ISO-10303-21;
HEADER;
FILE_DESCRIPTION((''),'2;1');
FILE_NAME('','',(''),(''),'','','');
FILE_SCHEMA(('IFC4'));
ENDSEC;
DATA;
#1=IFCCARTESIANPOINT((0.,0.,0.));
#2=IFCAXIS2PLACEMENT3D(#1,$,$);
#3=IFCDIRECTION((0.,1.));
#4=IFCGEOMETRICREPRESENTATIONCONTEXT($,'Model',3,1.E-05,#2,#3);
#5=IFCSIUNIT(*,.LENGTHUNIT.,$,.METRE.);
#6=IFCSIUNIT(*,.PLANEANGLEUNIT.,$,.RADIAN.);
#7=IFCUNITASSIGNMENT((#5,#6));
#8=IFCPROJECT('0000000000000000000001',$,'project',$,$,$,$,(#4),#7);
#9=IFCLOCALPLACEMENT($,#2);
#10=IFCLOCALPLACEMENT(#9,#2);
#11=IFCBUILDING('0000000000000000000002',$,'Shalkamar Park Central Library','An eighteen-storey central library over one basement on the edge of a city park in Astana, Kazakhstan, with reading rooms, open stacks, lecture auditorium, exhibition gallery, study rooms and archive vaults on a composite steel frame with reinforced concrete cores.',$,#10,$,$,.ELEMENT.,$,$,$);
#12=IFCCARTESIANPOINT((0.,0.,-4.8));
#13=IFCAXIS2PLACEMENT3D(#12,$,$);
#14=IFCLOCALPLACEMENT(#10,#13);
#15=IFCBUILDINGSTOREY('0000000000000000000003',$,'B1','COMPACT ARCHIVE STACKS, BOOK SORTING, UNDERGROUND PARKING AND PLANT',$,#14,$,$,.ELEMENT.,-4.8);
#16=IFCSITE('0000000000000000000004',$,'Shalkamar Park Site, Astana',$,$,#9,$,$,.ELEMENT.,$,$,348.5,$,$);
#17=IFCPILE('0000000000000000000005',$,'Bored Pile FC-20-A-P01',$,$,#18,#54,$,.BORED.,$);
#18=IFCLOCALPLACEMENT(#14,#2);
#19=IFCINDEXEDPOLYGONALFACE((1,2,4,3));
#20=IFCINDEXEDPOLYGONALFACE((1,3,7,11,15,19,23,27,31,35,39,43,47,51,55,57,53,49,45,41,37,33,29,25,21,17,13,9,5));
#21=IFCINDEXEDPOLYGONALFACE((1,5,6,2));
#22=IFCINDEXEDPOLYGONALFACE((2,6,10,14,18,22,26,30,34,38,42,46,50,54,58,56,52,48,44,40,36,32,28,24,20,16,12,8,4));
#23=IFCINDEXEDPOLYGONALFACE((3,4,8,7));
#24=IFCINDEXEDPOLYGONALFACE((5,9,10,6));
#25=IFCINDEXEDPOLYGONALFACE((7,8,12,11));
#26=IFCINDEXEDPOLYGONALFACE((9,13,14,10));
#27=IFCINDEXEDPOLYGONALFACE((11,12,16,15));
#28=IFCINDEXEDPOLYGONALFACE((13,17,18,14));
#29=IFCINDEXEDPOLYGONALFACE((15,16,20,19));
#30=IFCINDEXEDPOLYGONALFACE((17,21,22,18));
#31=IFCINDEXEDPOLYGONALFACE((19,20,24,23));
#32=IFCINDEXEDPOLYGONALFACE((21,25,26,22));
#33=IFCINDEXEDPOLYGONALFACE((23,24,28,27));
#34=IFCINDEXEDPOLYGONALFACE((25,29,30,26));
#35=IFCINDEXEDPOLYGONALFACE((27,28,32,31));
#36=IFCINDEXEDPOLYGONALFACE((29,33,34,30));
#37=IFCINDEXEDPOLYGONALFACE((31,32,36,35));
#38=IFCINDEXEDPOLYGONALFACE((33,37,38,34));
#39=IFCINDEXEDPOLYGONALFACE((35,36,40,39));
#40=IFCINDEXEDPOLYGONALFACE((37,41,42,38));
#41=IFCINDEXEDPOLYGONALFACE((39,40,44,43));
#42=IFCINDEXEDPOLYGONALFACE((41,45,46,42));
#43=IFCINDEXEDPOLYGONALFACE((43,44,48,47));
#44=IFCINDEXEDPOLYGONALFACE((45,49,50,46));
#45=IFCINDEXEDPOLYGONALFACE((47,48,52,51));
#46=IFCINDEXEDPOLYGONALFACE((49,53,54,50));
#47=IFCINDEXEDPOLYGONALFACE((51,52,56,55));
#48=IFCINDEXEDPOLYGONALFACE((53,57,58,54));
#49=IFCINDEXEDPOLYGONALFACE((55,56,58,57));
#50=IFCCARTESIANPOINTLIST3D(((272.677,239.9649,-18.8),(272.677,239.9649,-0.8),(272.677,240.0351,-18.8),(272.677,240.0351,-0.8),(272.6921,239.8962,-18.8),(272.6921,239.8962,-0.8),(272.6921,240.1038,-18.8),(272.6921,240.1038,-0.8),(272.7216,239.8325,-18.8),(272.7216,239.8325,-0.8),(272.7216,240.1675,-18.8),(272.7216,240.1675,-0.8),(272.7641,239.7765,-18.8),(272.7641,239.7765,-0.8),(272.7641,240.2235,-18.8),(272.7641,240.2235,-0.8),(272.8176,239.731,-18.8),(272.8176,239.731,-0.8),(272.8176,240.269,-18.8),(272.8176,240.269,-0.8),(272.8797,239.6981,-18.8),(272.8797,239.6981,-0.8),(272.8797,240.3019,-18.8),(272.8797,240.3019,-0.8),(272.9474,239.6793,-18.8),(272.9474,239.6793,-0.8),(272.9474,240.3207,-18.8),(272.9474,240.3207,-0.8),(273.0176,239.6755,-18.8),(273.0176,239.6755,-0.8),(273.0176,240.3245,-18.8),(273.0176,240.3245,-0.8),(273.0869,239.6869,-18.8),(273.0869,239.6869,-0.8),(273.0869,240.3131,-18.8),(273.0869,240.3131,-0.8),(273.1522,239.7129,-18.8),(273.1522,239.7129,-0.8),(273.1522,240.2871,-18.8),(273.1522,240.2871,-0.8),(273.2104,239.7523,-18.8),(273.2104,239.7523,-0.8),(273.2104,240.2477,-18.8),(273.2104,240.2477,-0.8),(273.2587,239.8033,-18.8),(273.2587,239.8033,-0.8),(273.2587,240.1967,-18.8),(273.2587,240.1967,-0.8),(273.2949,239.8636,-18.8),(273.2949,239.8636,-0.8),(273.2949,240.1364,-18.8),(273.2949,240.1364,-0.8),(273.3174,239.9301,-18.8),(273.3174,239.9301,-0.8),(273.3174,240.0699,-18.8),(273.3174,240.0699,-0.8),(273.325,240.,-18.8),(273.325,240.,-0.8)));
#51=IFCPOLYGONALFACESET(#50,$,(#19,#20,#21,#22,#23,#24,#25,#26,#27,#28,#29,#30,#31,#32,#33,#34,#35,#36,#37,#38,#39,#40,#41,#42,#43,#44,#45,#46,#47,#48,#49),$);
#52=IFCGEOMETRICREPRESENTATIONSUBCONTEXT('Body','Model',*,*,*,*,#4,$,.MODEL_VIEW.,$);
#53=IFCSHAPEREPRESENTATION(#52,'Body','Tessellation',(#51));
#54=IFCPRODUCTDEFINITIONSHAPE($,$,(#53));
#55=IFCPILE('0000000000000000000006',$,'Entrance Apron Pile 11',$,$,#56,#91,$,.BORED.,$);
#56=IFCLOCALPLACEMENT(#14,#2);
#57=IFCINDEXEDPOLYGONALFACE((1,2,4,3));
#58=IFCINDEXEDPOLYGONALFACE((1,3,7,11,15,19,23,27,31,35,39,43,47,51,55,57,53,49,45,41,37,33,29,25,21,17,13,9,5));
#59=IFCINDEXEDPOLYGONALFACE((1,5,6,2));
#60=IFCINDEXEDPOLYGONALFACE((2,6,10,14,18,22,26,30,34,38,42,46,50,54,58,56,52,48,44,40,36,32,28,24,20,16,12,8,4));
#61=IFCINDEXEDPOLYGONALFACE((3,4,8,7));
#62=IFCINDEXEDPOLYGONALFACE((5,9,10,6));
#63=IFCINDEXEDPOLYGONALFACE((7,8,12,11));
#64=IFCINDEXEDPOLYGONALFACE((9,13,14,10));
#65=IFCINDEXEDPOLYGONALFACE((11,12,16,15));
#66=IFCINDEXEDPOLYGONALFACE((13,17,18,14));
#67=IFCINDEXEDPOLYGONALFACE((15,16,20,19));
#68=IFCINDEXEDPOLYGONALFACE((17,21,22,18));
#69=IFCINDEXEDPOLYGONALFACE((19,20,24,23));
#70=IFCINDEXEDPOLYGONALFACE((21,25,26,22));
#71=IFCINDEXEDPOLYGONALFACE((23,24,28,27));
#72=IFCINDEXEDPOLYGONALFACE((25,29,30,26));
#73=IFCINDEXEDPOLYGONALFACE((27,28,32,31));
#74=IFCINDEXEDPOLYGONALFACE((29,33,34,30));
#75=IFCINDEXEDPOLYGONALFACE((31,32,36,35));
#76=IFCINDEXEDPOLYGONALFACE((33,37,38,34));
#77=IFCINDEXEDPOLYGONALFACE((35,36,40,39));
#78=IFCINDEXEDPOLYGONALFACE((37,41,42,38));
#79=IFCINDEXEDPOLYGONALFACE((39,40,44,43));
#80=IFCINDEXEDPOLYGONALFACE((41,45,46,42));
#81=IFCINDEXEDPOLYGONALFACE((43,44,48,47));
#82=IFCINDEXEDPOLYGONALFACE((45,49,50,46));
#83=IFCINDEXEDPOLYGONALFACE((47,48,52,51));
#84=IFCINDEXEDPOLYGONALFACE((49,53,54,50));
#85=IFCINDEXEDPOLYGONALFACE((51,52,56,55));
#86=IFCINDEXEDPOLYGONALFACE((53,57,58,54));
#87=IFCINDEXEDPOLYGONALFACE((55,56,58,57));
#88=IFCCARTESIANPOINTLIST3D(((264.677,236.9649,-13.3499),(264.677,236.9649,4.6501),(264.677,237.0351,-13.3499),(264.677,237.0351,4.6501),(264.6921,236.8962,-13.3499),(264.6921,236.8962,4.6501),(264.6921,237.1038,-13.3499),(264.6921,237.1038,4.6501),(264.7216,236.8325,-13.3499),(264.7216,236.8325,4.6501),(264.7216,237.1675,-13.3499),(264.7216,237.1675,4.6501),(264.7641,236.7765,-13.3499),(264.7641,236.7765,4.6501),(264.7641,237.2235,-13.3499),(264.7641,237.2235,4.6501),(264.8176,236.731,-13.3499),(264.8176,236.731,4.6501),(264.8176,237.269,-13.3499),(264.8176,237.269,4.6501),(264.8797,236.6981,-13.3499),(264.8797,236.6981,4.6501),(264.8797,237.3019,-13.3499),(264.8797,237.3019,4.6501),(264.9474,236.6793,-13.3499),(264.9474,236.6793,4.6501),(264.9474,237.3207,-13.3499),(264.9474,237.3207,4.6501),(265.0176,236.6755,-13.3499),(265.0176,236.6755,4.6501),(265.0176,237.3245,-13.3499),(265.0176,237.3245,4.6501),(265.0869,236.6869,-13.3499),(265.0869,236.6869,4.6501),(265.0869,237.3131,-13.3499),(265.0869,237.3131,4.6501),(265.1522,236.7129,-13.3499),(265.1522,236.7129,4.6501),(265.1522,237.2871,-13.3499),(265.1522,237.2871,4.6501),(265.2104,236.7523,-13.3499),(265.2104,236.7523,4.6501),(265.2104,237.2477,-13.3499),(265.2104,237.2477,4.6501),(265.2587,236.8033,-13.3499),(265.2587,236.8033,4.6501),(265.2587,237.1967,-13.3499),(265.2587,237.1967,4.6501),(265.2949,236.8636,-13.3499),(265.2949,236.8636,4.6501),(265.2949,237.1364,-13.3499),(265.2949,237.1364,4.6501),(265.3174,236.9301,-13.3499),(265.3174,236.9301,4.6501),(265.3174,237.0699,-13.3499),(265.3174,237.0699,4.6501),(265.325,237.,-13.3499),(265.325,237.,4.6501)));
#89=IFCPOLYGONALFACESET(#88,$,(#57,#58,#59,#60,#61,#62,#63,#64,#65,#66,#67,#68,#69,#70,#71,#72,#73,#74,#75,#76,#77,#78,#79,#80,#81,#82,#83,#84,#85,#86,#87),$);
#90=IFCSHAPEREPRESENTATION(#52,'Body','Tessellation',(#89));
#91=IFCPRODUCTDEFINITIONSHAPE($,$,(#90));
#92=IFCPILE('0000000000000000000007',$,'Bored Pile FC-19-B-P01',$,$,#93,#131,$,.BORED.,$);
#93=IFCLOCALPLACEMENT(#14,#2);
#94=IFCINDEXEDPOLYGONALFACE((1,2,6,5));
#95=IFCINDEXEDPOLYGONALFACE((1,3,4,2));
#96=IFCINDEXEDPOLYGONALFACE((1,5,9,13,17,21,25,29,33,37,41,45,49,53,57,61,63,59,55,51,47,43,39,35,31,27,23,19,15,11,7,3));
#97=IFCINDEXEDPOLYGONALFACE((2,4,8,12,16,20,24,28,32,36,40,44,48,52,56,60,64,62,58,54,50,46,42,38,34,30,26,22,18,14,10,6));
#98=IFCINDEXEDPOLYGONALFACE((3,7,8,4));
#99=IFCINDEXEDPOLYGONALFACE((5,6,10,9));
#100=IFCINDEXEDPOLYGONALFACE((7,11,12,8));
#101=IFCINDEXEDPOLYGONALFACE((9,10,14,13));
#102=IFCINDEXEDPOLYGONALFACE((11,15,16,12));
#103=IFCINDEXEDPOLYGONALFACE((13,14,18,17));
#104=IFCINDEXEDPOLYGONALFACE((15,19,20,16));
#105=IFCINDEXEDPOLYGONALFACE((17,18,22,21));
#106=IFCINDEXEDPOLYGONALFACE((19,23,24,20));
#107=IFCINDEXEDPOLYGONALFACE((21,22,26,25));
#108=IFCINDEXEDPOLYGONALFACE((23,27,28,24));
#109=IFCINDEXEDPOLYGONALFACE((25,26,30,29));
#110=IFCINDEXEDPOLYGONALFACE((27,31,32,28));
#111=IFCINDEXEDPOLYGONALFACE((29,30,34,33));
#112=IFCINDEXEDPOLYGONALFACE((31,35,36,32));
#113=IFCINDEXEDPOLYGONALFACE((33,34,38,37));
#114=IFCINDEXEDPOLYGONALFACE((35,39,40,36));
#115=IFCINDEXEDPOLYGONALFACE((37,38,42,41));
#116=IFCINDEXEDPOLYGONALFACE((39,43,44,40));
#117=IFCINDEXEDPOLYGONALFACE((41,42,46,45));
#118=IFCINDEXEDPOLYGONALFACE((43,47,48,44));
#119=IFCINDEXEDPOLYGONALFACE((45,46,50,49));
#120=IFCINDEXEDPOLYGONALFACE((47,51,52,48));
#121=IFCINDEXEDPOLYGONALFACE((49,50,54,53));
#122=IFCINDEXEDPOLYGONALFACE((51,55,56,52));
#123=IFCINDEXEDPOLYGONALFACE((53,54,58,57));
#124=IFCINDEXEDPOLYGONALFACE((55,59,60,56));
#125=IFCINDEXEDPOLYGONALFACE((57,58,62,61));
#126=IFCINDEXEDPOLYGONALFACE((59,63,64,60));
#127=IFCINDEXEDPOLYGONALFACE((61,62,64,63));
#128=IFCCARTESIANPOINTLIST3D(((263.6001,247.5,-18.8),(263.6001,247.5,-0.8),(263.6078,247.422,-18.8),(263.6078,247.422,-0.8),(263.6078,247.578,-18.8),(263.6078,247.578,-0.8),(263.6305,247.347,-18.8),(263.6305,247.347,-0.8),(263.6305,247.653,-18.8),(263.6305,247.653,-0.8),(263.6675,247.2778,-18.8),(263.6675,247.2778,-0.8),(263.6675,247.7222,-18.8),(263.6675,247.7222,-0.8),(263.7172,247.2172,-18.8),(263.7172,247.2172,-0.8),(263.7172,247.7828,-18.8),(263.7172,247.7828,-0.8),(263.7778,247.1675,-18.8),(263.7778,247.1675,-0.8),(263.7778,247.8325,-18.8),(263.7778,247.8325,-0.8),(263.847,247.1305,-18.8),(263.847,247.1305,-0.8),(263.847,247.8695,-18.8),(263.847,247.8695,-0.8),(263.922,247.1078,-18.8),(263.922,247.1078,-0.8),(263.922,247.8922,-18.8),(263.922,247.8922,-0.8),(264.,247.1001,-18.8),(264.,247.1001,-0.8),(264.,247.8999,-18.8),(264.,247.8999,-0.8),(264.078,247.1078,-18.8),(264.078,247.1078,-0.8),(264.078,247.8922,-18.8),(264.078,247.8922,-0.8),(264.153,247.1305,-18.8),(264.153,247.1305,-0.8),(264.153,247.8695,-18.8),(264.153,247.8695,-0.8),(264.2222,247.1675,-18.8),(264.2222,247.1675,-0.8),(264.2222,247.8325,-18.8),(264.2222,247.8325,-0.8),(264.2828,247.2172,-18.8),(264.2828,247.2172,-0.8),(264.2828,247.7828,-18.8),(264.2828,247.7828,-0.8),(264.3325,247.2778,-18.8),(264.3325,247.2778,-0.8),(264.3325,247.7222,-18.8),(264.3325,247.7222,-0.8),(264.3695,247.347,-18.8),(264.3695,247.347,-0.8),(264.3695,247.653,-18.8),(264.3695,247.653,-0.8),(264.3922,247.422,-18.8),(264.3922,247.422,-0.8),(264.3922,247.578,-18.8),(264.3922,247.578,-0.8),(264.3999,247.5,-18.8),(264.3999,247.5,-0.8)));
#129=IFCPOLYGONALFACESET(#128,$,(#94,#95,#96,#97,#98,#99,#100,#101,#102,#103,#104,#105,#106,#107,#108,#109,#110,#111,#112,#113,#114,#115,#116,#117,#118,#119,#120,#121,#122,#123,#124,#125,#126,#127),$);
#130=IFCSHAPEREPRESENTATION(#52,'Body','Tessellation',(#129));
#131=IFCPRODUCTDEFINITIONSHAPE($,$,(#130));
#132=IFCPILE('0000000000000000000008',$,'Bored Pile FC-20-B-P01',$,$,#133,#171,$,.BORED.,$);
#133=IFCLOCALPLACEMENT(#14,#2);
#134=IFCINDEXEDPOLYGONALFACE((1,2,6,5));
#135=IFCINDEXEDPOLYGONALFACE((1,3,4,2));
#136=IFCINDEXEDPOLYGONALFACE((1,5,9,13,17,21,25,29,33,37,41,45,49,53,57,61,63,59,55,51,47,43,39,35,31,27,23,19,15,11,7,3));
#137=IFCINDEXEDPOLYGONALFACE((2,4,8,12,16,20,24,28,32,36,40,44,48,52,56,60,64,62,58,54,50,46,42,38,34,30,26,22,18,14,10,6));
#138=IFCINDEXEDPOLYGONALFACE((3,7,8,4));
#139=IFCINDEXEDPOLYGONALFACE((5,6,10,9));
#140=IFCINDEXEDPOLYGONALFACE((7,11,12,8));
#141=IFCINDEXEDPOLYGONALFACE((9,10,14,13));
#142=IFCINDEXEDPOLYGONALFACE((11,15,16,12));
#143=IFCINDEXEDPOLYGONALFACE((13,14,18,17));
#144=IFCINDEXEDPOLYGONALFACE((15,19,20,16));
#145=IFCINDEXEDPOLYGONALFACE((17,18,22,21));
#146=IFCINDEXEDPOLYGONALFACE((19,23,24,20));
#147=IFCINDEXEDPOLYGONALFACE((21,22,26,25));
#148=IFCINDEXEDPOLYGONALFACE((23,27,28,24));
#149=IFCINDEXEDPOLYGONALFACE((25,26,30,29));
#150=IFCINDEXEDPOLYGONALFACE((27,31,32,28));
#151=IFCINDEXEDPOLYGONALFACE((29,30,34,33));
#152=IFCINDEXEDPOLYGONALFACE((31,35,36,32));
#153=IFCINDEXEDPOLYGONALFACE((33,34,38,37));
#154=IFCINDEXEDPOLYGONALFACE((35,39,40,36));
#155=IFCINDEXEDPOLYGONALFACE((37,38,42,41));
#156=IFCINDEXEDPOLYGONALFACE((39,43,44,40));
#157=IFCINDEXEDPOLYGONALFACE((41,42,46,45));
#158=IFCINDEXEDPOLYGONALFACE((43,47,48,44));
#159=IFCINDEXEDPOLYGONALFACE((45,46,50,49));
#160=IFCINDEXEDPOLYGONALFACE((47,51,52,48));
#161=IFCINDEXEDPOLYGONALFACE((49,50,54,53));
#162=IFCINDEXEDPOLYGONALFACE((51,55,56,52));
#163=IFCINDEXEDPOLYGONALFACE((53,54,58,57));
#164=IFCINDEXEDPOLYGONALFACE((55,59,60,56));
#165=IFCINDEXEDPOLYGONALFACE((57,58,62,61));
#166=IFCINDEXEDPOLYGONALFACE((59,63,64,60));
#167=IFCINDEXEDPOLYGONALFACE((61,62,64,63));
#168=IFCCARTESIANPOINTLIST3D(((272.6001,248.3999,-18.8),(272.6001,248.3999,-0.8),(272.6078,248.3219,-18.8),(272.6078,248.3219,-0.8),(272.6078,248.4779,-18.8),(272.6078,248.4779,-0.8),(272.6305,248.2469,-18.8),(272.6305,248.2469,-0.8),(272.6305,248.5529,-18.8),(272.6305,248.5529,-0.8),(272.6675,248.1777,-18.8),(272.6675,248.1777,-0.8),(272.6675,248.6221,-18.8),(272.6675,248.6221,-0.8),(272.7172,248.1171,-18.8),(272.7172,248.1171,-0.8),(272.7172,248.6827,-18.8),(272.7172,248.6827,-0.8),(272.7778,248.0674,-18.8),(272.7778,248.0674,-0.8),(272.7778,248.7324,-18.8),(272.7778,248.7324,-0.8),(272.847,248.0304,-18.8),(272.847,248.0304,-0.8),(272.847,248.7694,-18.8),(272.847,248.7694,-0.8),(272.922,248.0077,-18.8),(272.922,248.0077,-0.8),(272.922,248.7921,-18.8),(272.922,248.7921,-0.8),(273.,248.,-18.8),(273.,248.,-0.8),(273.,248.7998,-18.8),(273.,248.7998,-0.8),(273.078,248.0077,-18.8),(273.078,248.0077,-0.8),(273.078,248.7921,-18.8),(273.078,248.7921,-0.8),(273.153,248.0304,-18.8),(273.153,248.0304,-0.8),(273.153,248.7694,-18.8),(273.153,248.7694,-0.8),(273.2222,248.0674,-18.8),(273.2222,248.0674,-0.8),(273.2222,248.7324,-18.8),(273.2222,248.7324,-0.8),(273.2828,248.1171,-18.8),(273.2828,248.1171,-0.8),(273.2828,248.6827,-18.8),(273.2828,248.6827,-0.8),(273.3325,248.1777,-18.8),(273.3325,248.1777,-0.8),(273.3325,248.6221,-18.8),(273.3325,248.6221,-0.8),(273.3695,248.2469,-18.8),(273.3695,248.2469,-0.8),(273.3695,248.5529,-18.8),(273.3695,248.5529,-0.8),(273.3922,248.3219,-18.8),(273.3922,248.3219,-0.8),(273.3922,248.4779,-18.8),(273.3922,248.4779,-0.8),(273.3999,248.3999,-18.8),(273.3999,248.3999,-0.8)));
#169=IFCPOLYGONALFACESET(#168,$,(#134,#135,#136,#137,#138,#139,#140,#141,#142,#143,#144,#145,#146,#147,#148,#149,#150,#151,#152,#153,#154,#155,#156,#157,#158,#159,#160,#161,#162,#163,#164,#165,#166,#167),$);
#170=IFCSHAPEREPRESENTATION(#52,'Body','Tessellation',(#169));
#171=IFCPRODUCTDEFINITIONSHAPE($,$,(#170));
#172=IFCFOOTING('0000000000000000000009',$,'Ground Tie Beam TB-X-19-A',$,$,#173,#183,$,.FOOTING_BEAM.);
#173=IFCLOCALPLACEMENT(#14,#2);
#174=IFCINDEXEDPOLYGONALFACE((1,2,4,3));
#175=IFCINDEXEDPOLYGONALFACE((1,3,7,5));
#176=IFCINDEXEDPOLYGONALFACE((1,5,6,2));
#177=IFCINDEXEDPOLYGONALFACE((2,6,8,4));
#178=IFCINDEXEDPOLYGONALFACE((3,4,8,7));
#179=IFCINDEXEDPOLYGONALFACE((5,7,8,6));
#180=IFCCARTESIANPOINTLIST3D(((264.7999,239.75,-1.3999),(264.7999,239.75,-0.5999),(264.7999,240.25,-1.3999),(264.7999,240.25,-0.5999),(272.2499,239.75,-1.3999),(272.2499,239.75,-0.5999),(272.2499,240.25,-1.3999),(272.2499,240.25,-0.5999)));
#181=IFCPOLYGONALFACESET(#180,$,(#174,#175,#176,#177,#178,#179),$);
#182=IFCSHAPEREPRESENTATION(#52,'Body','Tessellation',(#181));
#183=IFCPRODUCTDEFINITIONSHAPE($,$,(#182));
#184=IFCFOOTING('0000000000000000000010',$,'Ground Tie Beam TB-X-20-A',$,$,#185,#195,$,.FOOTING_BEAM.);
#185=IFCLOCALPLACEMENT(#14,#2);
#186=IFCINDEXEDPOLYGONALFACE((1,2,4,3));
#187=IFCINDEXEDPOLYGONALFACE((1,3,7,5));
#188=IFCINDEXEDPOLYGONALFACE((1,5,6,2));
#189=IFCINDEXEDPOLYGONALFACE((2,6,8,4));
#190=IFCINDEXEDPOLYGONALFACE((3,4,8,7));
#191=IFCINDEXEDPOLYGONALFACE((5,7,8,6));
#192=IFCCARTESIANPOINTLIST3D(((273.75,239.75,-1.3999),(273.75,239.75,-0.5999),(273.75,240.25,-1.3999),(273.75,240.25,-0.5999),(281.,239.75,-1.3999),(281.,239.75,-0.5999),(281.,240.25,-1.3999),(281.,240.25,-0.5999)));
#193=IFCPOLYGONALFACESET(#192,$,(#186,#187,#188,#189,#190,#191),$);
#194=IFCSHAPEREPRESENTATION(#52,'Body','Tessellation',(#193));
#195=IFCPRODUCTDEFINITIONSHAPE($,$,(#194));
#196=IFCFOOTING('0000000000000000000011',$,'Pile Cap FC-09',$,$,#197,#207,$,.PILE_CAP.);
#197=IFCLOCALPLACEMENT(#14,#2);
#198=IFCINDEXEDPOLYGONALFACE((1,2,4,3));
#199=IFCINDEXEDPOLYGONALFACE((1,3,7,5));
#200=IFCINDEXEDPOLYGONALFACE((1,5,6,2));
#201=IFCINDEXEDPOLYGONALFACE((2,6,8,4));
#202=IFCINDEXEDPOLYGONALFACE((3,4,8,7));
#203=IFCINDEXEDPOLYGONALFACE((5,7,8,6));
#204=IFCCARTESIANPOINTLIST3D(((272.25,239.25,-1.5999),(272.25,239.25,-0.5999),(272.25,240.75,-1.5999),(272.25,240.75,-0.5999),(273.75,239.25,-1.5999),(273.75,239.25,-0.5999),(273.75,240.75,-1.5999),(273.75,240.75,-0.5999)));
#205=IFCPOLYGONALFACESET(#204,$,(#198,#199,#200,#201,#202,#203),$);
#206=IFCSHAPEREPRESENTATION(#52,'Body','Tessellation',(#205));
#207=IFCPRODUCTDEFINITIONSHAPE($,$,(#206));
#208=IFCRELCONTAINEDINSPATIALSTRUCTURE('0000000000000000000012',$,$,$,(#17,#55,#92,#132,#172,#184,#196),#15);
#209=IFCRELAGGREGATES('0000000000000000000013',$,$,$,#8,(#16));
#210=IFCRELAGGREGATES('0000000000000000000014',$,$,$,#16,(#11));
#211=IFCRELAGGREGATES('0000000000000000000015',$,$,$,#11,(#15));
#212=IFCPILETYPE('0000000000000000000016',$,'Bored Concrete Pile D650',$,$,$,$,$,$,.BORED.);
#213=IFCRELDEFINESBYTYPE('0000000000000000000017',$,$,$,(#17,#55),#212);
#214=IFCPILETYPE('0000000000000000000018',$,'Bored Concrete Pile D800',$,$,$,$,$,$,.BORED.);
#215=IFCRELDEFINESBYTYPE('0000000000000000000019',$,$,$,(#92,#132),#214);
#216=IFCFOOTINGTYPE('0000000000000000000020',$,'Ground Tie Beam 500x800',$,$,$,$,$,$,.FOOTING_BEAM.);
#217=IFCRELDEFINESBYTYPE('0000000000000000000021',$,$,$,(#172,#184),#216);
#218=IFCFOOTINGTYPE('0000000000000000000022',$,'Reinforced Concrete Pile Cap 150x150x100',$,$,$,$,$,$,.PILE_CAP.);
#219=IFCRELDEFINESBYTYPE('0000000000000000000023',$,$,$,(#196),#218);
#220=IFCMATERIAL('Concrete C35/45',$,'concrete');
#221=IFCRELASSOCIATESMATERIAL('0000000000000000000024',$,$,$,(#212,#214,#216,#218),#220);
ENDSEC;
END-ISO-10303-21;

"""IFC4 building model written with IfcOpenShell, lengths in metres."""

from ifc_helpers import new_model, si_unit, direction, frame, origin, origin_2d, place, context, subcontext, project, spatial, rectangle, circle, extrude, material, material_profile, profile_set, type_object, element, save


model = new_model("IFC4")

# Units and contexts
model_context = context("Model", 3, precision=1e-05, world=origin(), true_north=direction((0.0, 1.0)))
body_context = subcontext(model_context, "Body", "Model", "MODEL_VIEW")
ifc_project = project(units=[si_unit("LENGTHUNIT", "METRE"), si_unit("PLANEANGLEUNIT", "RADIAN")], contexts=[model_context])

# Site, building, storey
site_placement = place(None, origin())
site = spatial("IfcSite", under=ifc_project, at=site_placement, Name="Shalkamar Park Site, Astana", CompositionType="ELEMENT", RefElevation=348.5)
building_placement = place(site_placement, origin())
building = spatial("IfcBuilding", under=site, at=building_placement, Name="Shalkamar Park Central Library", Description="An eighteen-storey central library over one basement on the edge of a city park in Astana, Kazakhstan, with reading rooms, open stacks, lecture auditorium, exhibition gallery, study rooms and archive vaults on a composite steel frame with reinforced concrete cores.", CompositionType="ELEMENT")
storey_placement = place(building_placement, frame((0.0, 0.0, -4.8)))
storey = spatial("IfcBuildingStorey", under=building, at=storey_placement, Name="B1", Description="COMPACT ARCHIVE STACKS, BOOK SORTING, UNDERGROUND PARKING AND PLANT", CompositionType="ELEMENT", Elevation=-4.8)

# Piles
ifc_material_1 = material(Name="Concrete C35/45", Category="concrete")
ifc_material_profile_1 = material_profile(ifc_material_1, circle(Radius=0.325, at=origin_2d()), Name="PILE D650")
ifc_profile_set_1 = profile_set([ifc_material_profile_1], Name="Concrete C35/45")
pile_type_1 = type_object("IfcPileType", Name="Bored Concrete Pile D650", PredefinedType="BORED", material=ifc_profile_set_1)
for number, where, z_axis, x_axis, name in (
    (1, (273.0, 240.0, -0.8), (0.0, 0.0, -1.0), (1.0, 0.0, 0.0), "Bored Pile FC-20-A-P01"),
    (2, (265.0, 237.0, 4.6501), (0.0, 0.0, -1.0), (1.0, 0.0, 0.0), "Entrance Apron Pile 11"),
):
    element("IfcPile", number, at=place(storey_placement, frame(where, z_axis=z_axis, x_axis=x_axis)), inside=storey, type_object=pile_type_1, Name=name, PredefinedType="BORED", context=body_context, shape_type="SweptSolid", body=[
        extrude(circle(Radius=0.325, at=origin_2d()), origin(), (0.0, 0.0, 1.0), 18.0),
    ])
ifc_material_profile_2 = material_profile(ifc_material_1, circle(Radius=0.3999, at=origin_2d()), Name="PILE D800")
ifc_profile_set_2 = profile_set([ifc_material_profile_2], Name="Concrete C35/45")
pile_type_2 = type_object("IfcPileType", Name="Bored Concrete Pile D800", PredefinedType="BORED", material=ifc_profile_set_2)
for number, where, z_axis, x_axis, name in (
    (3, (264.0, 247.5, -0.8), (0.0, 0.0, -1.0), (1.0, 0.0, 0.0), "Bored Pile FC-19-B-P01"),
    (4, (273.0, 248.3999, -0.8), (0.0, 0.0, -1.0), (1.0, 0.0, 0.0), "Bored Pile FC-20-B-P01"),
):
    element("IfcPile", number, at=place(storey_placement, frame(where, z_axis=z_axis, x_axis=x_axis)), inside=storey, type_object=pile_type_2, Name=name, PredefinedType="BORED", context=body_context, shape_type="SweptSolid", body=[
        extrude(circle(Radius=0.3999, at=origin_2d()), origin(), (0.0, 0.0, 1.0), 18.0),
    ])

# Footings
footing_type_1 = type_object("IfcFootingType", Name="Ground Tie Beam 500x800", PredefinedType="FOOTING_BEAM", material=ifc_material_1)
footing_1_placement = place(storey_placement, frame((268.5249, 240.0, -1.3999), z_axis=(0.0, 0.0, 1.0), x_axis=(1.0, 0.0, 0.0)))
element("IfcFooting", 5, at=footing_1_placement, inside=storey, type_object=footing_type_1, Name="Ground Tie Beam TB-X-19-A", PredefinedType="FOOTING_BEAM", context=body_context, shape_type="SweptSolid", body=[
    extrude(rectangle(XDim=7.45, YDim=0.5, at=origin_2d()), origin(), (0.0, 0.0, 1.0), 0.8),
])
footing_2_placement = place(storey_placement, frame((277.375, 240.0, -1.3999), z_axis=(0.0, 0.0, 1.0), x_axis=(1.0, 0.0, 0.0)))
element("IfcFooting", 6, at=footing_2_placement, inside=storey, type_object=footing_type_1, Name="Ground Tie Beam TB-X-20-A", PredefinedType="FOOTING_BEAM", context=body_context, shape_type="SweptSolid", body=[
    extrude(rectangle(XDim=7.25, YDim=0.5, at=origin_2d()), origin(), (0.0, 0.0, 1.0), 0.8),
])
footing_type_2 = type_object("IfcFootingType", Name="Reinforced Concrete Pile Cap 150x150x100", PredefinedType="PILE_CAP", material=ifc_material_1)
footing_3_placement = place(storey_placement, frame((273.0, 240.0, -1.5999), z_axis=(0.0, 0.0, 1.0), x_axis=(1.0, 0.0, 0.0)))
element("IfcFooting", 7, at=footing_3_placement, inside=storey, type_object=footing_type_2, Name="Pile Cap FC-09", PredefinedType="PILE_CAP", context=body_context, shape_type="SweptSolid", body=[
    extrude(rectangle(XDim=1.5, YDim=1.5, at=origin_2d()), origin(), (0.0, 0.0, 1.0), 1.0),
])

save(model, "model.ifc")
